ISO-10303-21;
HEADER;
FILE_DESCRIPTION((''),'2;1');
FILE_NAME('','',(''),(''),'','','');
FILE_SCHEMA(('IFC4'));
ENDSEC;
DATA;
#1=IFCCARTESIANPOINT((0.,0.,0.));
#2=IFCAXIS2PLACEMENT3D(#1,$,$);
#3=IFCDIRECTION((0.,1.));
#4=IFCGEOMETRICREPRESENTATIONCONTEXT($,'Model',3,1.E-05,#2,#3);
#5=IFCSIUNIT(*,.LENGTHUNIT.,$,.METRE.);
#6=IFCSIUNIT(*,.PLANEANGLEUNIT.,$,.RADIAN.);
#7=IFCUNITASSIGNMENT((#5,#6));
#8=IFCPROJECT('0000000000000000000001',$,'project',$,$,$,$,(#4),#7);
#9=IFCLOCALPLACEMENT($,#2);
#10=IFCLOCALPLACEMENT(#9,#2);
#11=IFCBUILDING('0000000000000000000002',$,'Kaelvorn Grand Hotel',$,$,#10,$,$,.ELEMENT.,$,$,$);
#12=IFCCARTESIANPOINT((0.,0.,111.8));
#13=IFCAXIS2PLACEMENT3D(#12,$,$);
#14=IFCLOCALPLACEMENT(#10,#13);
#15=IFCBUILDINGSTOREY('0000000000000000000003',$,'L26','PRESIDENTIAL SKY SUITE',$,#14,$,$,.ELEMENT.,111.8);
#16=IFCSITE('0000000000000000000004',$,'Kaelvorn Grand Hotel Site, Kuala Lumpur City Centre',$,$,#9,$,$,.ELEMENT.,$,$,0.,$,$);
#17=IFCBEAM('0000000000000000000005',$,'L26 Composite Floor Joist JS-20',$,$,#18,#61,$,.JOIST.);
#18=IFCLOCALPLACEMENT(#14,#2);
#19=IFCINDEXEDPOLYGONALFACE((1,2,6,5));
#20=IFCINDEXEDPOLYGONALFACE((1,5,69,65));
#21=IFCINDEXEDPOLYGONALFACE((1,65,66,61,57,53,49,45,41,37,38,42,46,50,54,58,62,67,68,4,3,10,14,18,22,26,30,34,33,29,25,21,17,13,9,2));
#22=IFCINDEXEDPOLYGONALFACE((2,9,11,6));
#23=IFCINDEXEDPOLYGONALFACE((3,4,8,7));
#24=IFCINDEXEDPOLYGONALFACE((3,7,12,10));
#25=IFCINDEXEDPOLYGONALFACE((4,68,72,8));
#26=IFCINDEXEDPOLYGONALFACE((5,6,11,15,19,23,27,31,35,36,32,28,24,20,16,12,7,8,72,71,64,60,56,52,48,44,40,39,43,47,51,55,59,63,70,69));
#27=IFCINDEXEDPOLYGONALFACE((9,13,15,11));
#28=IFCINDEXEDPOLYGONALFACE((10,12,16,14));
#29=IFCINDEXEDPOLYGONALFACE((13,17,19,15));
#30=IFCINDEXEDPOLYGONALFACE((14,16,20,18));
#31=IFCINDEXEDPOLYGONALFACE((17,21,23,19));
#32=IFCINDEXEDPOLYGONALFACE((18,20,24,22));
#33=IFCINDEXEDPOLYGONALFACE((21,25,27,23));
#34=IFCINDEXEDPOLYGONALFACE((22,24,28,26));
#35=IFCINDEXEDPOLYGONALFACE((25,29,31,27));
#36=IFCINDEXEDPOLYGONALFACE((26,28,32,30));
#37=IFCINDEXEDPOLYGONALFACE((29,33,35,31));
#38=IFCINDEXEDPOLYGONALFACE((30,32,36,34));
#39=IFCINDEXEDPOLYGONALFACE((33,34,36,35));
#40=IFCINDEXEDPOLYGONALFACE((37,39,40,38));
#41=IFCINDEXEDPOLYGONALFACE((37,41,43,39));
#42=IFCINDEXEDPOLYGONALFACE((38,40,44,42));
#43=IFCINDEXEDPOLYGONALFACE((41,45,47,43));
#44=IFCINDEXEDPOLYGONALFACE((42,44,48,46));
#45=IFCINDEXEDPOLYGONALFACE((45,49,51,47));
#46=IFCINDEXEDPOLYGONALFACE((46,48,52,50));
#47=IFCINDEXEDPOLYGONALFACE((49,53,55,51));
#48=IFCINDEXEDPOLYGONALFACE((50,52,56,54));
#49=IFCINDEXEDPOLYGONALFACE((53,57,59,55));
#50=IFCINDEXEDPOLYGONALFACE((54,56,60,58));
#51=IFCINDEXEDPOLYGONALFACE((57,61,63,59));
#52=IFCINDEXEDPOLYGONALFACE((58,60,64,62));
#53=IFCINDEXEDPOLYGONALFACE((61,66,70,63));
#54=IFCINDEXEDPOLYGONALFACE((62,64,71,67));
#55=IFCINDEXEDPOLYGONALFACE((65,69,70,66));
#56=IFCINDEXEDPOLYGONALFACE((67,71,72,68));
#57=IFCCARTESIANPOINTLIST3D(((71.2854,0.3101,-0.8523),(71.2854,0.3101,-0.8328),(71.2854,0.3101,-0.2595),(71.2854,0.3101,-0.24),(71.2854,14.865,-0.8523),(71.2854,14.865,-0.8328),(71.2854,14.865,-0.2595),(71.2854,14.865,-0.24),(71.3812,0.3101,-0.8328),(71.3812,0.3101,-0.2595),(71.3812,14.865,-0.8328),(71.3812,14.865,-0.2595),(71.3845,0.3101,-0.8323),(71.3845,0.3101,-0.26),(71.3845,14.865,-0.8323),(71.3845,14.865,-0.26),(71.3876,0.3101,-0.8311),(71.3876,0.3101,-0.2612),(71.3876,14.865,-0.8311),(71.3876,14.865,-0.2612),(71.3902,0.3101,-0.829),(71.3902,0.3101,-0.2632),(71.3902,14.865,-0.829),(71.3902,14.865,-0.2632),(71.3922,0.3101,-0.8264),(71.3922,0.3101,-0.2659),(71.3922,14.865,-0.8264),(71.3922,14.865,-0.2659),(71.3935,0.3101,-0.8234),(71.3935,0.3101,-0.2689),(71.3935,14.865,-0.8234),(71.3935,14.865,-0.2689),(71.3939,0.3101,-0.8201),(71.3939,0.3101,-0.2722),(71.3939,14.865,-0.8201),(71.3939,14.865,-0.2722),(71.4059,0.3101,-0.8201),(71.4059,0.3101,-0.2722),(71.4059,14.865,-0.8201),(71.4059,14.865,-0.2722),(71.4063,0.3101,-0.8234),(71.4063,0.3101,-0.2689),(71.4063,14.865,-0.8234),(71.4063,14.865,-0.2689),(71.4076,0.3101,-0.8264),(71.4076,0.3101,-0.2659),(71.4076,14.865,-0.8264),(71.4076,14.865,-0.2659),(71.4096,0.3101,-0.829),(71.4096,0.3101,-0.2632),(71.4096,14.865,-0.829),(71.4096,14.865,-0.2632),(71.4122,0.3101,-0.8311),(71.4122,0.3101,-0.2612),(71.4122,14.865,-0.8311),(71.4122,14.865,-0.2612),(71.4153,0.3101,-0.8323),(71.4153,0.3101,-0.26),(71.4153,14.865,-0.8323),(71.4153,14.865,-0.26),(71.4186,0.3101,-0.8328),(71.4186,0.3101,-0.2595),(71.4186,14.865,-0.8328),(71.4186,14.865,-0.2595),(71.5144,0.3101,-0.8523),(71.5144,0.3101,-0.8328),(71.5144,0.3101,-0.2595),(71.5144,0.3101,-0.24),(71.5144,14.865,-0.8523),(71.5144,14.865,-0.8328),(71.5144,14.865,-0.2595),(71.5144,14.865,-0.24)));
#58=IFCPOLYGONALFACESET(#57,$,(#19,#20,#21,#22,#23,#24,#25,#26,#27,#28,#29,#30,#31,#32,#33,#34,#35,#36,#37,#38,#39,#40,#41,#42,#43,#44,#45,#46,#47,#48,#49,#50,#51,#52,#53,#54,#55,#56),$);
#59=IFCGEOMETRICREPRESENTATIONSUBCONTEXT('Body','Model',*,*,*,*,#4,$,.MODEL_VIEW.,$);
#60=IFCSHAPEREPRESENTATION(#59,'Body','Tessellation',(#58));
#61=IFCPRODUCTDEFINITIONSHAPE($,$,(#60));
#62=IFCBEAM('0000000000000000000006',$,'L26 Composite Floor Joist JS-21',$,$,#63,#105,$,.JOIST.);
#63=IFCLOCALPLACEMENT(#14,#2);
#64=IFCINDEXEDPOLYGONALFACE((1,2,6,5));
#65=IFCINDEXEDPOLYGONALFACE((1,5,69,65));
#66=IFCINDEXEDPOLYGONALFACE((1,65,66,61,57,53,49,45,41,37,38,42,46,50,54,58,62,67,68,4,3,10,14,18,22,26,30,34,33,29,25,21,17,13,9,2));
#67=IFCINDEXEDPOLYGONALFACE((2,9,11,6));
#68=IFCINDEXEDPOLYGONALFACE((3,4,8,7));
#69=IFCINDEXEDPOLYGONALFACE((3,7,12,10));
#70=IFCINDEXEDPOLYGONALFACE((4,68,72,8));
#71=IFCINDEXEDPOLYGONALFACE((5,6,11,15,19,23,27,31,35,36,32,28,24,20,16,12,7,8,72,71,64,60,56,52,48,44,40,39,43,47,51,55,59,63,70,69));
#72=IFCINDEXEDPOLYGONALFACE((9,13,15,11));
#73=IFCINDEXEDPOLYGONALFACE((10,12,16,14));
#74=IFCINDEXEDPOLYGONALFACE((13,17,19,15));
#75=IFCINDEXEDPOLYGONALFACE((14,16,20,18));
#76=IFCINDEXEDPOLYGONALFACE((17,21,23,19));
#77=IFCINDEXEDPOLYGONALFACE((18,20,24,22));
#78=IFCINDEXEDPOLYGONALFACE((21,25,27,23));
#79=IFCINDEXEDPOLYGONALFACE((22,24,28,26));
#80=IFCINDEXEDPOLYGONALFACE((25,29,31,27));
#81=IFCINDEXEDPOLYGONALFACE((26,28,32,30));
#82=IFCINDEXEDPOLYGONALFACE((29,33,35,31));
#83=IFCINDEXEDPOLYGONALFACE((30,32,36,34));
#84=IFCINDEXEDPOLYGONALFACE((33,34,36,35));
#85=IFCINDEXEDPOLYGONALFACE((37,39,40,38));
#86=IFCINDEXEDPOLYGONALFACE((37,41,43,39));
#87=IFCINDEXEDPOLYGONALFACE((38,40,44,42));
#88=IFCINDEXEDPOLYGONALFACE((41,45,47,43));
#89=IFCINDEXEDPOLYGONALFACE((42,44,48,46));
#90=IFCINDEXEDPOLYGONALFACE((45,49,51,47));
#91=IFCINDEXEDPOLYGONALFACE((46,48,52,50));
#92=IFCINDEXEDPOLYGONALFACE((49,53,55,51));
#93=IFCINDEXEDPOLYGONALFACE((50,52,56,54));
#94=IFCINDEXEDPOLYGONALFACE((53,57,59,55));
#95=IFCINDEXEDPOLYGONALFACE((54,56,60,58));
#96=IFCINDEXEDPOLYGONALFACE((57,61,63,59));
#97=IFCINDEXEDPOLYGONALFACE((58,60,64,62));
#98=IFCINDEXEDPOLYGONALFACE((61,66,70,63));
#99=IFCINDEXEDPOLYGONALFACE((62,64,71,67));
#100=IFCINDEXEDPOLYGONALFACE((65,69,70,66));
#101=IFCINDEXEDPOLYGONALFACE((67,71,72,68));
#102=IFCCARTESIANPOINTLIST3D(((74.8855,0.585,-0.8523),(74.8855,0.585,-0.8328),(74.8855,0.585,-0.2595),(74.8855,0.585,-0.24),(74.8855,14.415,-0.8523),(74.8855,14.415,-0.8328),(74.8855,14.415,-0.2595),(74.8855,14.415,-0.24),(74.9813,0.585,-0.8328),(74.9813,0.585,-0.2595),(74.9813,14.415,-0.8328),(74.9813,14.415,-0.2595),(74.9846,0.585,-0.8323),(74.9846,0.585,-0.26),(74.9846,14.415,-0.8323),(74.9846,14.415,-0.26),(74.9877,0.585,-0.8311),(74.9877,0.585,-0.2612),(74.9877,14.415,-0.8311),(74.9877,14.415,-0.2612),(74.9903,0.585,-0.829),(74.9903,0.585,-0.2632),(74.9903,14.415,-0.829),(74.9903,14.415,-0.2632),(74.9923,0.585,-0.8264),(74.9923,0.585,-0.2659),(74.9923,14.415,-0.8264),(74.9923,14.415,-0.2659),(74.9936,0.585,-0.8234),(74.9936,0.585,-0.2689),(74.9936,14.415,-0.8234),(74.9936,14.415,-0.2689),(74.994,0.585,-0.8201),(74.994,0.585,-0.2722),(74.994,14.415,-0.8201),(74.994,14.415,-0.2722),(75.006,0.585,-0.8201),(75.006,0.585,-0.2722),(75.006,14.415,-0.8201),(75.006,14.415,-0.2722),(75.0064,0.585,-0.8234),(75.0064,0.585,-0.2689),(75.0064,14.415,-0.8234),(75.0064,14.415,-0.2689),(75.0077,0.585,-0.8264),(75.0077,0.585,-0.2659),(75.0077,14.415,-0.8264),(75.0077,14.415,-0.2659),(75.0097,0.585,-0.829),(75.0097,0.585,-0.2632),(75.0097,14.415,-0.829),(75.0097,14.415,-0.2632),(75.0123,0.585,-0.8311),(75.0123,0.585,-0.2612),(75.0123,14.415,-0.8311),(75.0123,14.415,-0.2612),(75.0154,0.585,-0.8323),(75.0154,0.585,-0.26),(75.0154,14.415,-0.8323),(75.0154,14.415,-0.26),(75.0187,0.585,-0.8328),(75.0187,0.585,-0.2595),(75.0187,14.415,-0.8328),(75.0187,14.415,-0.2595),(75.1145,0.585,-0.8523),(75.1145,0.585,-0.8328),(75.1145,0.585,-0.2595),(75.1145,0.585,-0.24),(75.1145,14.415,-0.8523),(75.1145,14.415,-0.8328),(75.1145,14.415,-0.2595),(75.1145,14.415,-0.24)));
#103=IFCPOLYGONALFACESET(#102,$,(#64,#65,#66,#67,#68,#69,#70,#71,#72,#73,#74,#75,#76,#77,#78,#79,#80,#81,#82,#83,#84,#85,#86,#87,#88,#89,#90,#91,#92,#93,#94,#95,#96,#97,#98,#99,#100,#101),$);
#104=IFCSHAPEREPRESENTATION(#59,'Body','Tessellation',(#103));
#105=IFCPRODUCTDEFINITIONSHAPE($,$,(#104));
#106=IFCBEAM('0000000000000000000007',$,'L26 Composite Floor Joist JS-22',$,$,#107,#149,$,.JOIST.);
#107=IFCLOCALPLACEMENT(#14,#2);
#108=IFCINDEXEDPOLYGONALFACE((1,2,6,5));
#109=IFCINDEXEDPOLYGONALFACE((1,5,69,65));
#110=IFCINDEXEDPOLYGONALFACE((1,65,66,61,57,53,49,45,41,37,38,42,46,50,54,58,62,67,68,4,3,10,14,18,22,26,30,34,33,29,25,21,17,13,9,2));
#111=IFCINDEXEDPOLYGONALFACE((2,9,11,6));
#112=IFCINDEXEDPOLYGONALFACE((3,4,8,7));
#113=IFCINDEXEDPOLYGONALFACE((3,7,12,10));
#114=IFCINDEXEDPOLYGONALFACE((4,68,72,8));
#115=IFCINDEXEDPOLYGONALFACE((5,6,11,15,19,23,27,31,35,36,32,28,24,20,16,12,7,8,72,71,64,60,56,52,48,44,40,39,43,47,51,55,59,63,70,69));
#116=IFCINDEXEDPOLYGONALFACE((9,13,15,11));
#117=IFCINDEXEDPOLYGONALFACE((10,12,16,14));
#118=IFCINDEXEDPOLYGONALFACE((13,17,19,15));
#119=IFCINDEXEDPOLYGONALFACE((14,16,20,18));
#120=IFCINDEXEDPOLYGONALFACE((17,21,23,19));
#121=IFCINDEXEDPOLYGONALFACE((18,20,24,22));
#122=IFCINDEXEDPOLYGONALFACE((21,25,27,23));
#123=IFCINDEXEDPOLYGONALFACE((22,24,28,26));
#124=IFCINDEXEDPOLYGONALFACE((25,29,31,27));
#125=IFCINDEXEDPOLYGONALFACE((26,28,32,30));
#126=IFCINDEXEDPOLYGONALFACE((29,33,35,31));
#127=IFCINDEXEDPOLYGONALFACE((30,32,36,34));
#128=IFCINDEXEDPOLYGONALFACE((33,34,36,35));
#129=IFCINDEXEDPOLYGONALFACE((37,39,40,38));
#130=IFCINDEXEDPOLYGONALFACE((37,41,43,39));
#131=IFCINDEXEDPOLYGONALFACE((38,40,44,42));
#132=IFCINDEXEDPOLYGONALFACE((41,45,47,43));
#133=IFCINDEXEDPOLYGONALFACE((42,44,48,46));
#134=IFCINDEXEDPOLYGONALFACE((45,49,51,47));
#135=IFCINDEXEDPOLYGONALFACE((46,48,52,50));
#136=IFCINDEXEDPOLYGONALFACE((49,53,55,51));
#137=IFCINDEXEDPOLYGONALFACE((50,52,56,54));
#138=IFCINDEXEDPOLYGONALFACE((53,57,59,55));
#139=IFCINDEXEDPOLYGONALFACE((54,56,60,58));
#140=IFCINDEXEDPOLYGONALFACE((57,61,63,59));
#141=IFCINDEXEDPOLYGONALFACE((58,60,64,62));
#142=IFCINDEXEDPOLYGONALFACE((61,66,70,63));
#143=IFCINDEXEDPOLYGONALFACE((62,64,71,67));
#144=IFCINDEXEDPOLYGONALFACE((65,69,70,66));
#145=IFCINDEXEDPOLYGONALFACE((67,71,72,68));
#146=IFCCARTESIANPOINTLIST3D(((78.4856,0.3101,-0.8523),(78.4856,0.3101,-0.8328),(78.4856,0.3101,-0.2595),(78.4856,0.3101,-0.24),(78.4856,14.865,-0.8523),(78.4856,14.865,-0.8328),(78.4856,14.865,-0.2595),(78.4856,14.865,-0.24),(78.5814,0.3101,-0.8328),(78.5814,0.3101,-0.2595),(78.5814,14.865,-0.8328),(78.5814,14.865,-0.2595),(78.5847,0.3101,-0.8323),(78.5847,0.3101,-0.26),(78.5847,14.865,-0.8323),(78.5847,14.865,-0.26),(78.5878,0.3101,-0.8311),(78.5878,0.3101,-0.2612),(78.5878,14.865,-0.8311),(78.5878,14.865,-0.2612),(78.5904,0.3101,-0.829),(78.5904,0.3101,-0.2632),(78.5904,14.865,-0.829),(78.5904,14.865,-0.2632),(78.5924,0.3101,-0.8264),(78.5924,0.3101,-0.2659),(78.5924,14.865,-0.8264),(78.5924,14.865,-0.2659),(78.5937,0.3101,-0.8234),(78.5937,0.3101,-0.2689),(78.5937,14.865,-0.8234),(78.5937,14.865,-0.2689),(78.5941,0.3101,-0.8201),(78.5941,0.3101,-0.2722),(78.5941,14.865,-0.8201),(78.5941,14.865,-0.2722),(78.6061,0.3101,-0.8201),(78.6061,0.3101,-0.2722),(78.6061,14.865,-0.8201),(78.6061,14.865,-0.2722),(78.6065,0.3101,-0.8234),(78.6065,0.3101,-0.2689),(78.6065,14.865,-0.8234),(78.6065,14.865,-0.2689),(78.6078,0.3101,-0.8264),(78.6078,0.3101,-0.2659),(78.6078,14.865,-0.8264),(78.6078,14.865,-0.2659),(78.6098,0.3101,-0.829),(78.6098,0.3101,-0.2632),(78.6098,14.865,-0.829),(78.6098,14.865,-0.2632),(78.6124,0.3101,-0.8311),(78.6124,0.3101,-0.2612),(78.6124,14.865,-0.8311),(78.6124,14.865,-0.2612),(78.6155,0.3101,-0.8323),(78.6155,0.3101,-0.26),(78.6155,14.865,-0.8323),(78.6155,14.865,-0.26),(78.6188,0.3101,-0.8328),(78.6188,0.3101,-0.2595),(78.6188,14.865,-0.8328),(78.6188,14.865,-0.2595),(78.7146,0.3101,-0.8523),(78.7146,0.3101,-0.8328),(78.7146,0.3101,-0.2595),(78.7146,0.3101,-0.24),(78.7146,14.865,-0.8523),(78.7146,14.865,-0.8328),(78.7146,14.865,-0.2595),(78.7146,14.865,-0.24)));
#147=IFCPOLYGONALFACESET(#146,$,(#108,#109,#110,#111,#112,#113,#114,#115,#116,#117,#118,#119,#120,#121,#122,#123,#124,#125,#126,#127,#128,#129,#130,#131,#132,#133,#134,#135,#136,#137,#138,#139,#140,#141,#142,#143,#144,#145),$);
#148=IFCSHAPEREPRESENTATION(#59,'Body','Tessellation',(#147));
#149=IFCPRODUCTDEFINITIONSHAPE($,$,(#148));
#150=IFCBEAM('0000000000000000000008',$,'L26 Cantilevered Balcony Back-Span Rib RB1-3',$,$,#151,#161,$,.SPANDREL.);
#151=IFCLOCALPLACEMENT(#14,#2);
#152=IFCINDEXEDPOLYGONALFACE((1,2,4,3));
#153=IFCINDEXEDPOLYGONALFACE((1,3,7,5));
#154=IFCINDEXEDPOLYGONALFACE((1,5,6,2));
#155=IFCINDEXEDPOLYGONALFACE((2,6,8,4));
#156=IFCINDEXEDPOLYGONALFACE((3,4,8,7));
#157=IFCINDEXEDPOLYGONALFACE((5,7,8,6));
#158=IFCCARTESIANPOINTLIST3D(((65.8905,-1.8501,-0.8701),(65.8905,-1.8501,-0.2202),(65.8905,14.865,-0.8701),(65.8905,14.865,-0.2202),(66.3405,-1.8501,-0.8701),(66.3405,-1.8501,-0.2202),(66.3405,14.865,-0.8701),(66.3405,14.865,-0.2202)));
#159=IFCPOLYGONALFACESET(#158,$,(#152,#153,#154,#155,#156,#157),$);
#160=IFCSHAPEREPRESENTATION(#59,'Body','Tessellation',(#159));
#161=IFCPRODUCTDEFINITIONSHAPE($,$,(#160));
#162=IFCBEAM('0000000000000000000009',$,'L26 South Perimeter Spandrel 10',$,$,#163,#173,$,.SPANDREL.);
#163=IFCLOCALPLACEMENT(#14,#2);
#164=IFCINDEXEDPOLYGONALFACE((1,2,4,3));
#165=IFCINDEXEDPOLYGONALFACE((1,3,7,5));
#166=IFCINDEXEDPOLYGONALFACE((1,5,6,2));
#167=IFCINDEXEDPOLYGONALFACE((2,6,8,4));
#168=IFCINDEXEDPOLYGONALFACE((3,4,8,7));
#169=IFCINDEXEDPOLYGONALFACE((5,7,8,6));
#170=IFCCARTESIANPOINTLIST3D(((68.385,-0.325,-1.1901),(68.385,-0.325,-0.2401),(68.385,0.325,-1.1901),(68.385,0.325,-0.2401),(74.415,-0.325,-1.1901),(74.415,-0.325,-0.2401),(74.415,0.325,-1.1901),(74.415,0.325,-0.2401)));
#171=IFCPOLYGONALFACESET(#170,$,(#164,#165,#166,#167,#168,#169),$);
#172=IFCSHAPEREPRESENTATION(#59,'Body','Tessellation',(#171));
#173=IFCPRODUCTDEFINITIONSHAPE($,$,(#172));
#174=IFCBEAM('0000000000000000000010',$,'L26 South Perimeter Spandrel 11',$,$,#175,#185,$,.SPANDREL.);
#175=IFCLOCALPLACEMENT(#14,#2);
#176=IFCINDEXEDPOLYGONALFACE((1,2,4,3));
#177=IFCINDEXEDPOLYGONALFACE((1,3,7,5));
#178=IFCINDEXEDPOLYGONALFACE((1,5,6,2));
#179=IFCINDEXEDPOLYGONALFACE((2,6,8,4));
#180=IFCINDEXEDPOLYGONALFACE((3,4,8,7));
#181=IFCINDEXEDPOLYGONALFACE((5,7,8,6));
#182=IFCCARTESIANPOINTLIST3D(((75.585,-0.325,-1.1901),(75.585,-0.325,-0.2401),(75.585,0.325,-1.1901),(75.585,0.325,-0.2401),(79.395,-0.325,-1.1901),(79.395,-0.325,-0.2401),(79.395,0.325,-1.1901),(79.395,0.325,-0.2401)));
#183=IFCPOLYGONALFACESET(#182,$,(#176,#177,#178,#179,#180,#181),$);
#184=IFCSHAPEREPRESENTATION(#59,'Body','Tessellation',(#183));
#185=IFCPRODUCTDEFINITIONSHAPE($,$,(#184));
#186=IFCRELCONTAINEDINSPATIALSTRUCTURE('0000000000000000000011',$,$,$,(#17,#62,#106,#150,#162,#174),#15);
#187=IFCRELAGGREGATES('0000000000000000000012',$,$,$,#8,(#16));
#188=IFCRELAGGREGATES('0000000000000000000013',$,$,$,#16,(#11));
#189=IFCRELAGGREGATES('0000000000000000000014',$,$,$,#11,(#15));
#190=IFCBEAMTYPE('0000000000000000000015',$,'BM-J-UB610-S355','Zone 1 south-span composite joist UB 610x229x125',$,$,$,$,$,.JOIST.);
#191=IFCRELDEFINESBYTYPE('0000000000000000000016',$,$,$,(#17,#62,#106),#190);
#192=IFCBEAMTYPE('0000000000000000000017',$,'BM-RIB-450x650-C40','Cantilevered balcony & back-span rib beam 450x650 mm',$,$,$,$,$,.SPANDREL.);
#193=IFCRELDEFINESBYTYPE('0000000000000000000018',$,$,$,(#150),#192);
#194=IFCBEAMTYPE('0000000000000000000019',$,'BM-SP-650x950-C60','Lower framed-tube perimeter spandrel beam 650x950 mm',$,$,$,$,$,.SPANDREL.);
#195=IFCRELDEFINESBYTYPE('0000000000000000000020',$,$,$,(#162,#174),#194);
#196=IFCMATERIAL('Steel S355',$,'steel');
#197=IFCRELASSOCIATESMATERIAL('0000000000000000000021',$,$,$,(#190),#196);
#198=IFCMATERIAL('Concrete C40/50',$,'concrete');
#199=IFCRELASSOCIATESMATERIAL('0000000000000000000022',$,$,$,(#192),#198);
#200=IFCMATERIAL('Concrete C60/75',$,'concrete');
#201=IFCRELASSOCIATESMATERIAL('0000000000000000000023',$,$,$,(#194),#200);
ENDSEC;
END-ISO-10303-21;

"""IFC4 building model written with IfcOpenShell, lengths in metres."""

from ifc_helpers import new_model, si_unit, direction, frame, origin, origin_2d, place, context, subcontext, project, spatial, rectangle, i_section, extrude, material, material_profile, profile_set, type_object, element, save


model = new_model("IFC4")

# Units and contexts
model_context = context("Model", 3, precision=1e-05, world=origin(), true_north=direction((0.0, 1.0)))
body_context = subcontext(model_context, "Body", "Model", "MODEL_VIEW")
ifc_project = project(units=[si_unit("LENGTHUNIT", "METRE"), si_unit("PLANEANGLEUNIT", "RADIAN")], contexts=[model_context])

# Site, building, storey
site_placement = place(None, origin())
site = spatial("IfcSite", under=ifc_project, at=site_placement, Name="Kaelvorn Grand Hotel Site, Kuala Lumpur City Centre", CompositionType="ELEMENT", RefElevation=0.0)
building_placement = place(site_placement, origin())
building = spatial("IfcBuilding", under=site, at=building_placement, Name="Kaelvorn Grand Hotel", CompositionType="ELEMENT")
storey_placement = place(building_placement, frame((0.0, 0.0, 111.8)))
storey = spatial("IfcBuildingStorey", under=building, at=storey_placement, Name="L26", Description="PRESIDENTIAL SKY SUITE", CompositionType="ELEMENT", Elevation=111.8)

# Shared definitions
ifc_material_1 = material(Name="Concrete C60/75", Category="concrete")

# Beams
ifc_material_2 = material(Name="Steel S355", Category="steel")
ifc_material_profile_1 = material_profile(ifc_material_2, i_section(OverallWidth=0.229, OverallDepth=0.6123, WebThickness=0.012, FlangeThickness=0.0195, FilletRadius=0.0127, at=origin_2d()), Name="UB 610x229x125")
ifc_profile_set_1 = profile_set([ifc_material_profile_1], Name="Steel S355")
beam_type_1 = type_object("IfcBeamType", Name="BM-J-UB610-S355", Description="Zone 1 south-span composite joist UB 610x229x125", PredefinedType="JOIST", material=ifc_profile_set_1)
beam_1_placement = place(storey_placement, frame((71.3999, 0.3101, -0.5461), z_axis=(0.0, 1.0, 0.0), x_axis=(-1.0, 0.0, 0.0)))
element("IfcBeam", 1, at=beam_1_placement, inside=storey, type_object=beam_type_1, Name="L26 Composite Floor Joist JS-20", PredefinedType="JOIST", context=body_context, shape_type="SweptSolid", body=[
    extrude(i_section(OverallWidth=0.229, OverallDepth=0.6123, WebThickness=0.012, FlangeThickness=0.0195, FilletRadius=0.0127, at=origin_2d()), origin(), (0.0, 0.0, 1.0), 14.5549),
])
beam_2_placement = place(storey_placement, frame((75.0, 0.585, -0.5461), z_axis=(0.0, 1.0, 0.0), x_axis=(-1.0, 0.0, 0.0)))
element("IfcBeam", 2, at=beam_2_placement, inside=storey, type_object=beam_type_1, Name="L26 Composite Floor Joist JS-21", PredefinedType="JOIST", context=body_context, shape_type="SweptSolid", body=[
    extrude(i_section(OverallWidth=0.229, OverallDepth=0.6123, WebThickness=0.012, FlangeThickness=0.0195, FilletRadius=0.0127, at=origin_2d()), origin(), (0.0, 0.0, 1.0), 13.8301),
])
beam_3_placement = place(storey_placement, frame((78.6001, 0.3101, -0.5461), z_axis=(0.0, 1.0, 0.0), x_axis=(-1.0, 0.0, 0.0)))
element("IfcBeam", 3, at=beam_3_placement, inside=storey, type_object=beam_type_1, Name="L26 Composite Floor Joist JS-22", PredefinedType="JOIST", context=body_context, shape_type="SweptSolid", body=[
    extrude(i_section(OverallWidth=0.229, OverallDepth=0.6123, WebThickness=0.012, FlangeThickness=0.0195, FilletRadius=0.0127, at=origin_2d()), origin(), (0.0, 0.0, 1.0), 14.5549),
])
ifc_material_3 = material(Name="Concrete C40/50", Category="concrete")
ifc_material_profile_2 = material_profile(ifc_material_3, rectangle(XDim=0.45, YDim=0.6499, at=origin_2d()), Name="RC RIB 450x650")
ifc_profile_set_2 = profile_set([ifc_material_profile_2], Name="Concrete C40/50")
beam_type_2 = type_object("IfcBeamType", Name="BM-RIB-450x650-C40", Description="Cantilevered balcony & back-span rib beam 450x650 mm", PredefinedType="SPANDREL", material=ifc_profile_set_2)
beam_4_placement = place(storey_placement, frame((66.1155, -1.8501, -0.5452), z_axis=(0.0, 1.0, 0.0), x_axis=(-1.0, 0.0, 0.0)))
element("IfcBeam", 4, at=beam_4_placement, inside=storey, type_object=beam_type_2, Name="L26 Cantilevered Balcony Back-Span Rib RB1-3", PredefinedType="SPANDREL", context=body_context, shape_type="SweptSolid", body=[
    extrude(rectangle(XDim=0.45, YDim=0.6499, at=origin_2d()), origin(), (0.0, 0.0, 1.0), 16.7151),
])
ifc_material_profile_3 = material_profile(ifc_material_1, rectangle(XDim=0.6499, YDim=0.95, at=origin_2d()), Name="RC SPANDREL 650x950")
ifc_profile_set_3 = profile_set([ifc_material_profile_3], Name="Concrete C60/75")
beam_type_3 = type_object("IfcBeamType", Name="BM-SP-650x950-C60", Description="Lower framed-tube perimeter spandrel beam 650x950 mm", PredefinedType="SPANDREL", material=ifc_profile_set_3)
beam_5_placement = place(storey_placement, frame((68.385, 0.0, -0.7151), z_axis=(1.0, 0.0, 0.0), x_axis=(0.0, 1.0, 0.0)))
element("IfcBeam", 5, at=beam_5_placement, inside=storey, type_object=beam_type_3, Name="L26 South Perimeter Spandrel 10", PredefinedType="SPANDREL", context=body_context, shape_type="SweptSolid", body=[
    extrude(rectangle(XDim=0.6499, YDim=0.95, at=origin_2d()), origin(), (0.0, 0.0, 1.0), 6.03),
])
beam_6_placement = place(storey_placement, frame((75.585, 0.0, -0.7151), z_axis=(1.0, 0.0, 0.0), x_axis=(0.0, 1.0, 0.0)))
element("IfcBeam", 6, at=beam_6_placement, inside=storey, type_object=beam_type_3, Name="L26 South Perimeter Spandrel 11", PredefinedType="SPANDREL", context=body_context, shape_type="SweptSolid", body=[
    extrude(rectangle(XDim=0.6499, YDim=0.95, at=origin_2d()), origin(), (0.0, 0.0, 1.0), 3.8101),
])

save(model, "model.ifc")
